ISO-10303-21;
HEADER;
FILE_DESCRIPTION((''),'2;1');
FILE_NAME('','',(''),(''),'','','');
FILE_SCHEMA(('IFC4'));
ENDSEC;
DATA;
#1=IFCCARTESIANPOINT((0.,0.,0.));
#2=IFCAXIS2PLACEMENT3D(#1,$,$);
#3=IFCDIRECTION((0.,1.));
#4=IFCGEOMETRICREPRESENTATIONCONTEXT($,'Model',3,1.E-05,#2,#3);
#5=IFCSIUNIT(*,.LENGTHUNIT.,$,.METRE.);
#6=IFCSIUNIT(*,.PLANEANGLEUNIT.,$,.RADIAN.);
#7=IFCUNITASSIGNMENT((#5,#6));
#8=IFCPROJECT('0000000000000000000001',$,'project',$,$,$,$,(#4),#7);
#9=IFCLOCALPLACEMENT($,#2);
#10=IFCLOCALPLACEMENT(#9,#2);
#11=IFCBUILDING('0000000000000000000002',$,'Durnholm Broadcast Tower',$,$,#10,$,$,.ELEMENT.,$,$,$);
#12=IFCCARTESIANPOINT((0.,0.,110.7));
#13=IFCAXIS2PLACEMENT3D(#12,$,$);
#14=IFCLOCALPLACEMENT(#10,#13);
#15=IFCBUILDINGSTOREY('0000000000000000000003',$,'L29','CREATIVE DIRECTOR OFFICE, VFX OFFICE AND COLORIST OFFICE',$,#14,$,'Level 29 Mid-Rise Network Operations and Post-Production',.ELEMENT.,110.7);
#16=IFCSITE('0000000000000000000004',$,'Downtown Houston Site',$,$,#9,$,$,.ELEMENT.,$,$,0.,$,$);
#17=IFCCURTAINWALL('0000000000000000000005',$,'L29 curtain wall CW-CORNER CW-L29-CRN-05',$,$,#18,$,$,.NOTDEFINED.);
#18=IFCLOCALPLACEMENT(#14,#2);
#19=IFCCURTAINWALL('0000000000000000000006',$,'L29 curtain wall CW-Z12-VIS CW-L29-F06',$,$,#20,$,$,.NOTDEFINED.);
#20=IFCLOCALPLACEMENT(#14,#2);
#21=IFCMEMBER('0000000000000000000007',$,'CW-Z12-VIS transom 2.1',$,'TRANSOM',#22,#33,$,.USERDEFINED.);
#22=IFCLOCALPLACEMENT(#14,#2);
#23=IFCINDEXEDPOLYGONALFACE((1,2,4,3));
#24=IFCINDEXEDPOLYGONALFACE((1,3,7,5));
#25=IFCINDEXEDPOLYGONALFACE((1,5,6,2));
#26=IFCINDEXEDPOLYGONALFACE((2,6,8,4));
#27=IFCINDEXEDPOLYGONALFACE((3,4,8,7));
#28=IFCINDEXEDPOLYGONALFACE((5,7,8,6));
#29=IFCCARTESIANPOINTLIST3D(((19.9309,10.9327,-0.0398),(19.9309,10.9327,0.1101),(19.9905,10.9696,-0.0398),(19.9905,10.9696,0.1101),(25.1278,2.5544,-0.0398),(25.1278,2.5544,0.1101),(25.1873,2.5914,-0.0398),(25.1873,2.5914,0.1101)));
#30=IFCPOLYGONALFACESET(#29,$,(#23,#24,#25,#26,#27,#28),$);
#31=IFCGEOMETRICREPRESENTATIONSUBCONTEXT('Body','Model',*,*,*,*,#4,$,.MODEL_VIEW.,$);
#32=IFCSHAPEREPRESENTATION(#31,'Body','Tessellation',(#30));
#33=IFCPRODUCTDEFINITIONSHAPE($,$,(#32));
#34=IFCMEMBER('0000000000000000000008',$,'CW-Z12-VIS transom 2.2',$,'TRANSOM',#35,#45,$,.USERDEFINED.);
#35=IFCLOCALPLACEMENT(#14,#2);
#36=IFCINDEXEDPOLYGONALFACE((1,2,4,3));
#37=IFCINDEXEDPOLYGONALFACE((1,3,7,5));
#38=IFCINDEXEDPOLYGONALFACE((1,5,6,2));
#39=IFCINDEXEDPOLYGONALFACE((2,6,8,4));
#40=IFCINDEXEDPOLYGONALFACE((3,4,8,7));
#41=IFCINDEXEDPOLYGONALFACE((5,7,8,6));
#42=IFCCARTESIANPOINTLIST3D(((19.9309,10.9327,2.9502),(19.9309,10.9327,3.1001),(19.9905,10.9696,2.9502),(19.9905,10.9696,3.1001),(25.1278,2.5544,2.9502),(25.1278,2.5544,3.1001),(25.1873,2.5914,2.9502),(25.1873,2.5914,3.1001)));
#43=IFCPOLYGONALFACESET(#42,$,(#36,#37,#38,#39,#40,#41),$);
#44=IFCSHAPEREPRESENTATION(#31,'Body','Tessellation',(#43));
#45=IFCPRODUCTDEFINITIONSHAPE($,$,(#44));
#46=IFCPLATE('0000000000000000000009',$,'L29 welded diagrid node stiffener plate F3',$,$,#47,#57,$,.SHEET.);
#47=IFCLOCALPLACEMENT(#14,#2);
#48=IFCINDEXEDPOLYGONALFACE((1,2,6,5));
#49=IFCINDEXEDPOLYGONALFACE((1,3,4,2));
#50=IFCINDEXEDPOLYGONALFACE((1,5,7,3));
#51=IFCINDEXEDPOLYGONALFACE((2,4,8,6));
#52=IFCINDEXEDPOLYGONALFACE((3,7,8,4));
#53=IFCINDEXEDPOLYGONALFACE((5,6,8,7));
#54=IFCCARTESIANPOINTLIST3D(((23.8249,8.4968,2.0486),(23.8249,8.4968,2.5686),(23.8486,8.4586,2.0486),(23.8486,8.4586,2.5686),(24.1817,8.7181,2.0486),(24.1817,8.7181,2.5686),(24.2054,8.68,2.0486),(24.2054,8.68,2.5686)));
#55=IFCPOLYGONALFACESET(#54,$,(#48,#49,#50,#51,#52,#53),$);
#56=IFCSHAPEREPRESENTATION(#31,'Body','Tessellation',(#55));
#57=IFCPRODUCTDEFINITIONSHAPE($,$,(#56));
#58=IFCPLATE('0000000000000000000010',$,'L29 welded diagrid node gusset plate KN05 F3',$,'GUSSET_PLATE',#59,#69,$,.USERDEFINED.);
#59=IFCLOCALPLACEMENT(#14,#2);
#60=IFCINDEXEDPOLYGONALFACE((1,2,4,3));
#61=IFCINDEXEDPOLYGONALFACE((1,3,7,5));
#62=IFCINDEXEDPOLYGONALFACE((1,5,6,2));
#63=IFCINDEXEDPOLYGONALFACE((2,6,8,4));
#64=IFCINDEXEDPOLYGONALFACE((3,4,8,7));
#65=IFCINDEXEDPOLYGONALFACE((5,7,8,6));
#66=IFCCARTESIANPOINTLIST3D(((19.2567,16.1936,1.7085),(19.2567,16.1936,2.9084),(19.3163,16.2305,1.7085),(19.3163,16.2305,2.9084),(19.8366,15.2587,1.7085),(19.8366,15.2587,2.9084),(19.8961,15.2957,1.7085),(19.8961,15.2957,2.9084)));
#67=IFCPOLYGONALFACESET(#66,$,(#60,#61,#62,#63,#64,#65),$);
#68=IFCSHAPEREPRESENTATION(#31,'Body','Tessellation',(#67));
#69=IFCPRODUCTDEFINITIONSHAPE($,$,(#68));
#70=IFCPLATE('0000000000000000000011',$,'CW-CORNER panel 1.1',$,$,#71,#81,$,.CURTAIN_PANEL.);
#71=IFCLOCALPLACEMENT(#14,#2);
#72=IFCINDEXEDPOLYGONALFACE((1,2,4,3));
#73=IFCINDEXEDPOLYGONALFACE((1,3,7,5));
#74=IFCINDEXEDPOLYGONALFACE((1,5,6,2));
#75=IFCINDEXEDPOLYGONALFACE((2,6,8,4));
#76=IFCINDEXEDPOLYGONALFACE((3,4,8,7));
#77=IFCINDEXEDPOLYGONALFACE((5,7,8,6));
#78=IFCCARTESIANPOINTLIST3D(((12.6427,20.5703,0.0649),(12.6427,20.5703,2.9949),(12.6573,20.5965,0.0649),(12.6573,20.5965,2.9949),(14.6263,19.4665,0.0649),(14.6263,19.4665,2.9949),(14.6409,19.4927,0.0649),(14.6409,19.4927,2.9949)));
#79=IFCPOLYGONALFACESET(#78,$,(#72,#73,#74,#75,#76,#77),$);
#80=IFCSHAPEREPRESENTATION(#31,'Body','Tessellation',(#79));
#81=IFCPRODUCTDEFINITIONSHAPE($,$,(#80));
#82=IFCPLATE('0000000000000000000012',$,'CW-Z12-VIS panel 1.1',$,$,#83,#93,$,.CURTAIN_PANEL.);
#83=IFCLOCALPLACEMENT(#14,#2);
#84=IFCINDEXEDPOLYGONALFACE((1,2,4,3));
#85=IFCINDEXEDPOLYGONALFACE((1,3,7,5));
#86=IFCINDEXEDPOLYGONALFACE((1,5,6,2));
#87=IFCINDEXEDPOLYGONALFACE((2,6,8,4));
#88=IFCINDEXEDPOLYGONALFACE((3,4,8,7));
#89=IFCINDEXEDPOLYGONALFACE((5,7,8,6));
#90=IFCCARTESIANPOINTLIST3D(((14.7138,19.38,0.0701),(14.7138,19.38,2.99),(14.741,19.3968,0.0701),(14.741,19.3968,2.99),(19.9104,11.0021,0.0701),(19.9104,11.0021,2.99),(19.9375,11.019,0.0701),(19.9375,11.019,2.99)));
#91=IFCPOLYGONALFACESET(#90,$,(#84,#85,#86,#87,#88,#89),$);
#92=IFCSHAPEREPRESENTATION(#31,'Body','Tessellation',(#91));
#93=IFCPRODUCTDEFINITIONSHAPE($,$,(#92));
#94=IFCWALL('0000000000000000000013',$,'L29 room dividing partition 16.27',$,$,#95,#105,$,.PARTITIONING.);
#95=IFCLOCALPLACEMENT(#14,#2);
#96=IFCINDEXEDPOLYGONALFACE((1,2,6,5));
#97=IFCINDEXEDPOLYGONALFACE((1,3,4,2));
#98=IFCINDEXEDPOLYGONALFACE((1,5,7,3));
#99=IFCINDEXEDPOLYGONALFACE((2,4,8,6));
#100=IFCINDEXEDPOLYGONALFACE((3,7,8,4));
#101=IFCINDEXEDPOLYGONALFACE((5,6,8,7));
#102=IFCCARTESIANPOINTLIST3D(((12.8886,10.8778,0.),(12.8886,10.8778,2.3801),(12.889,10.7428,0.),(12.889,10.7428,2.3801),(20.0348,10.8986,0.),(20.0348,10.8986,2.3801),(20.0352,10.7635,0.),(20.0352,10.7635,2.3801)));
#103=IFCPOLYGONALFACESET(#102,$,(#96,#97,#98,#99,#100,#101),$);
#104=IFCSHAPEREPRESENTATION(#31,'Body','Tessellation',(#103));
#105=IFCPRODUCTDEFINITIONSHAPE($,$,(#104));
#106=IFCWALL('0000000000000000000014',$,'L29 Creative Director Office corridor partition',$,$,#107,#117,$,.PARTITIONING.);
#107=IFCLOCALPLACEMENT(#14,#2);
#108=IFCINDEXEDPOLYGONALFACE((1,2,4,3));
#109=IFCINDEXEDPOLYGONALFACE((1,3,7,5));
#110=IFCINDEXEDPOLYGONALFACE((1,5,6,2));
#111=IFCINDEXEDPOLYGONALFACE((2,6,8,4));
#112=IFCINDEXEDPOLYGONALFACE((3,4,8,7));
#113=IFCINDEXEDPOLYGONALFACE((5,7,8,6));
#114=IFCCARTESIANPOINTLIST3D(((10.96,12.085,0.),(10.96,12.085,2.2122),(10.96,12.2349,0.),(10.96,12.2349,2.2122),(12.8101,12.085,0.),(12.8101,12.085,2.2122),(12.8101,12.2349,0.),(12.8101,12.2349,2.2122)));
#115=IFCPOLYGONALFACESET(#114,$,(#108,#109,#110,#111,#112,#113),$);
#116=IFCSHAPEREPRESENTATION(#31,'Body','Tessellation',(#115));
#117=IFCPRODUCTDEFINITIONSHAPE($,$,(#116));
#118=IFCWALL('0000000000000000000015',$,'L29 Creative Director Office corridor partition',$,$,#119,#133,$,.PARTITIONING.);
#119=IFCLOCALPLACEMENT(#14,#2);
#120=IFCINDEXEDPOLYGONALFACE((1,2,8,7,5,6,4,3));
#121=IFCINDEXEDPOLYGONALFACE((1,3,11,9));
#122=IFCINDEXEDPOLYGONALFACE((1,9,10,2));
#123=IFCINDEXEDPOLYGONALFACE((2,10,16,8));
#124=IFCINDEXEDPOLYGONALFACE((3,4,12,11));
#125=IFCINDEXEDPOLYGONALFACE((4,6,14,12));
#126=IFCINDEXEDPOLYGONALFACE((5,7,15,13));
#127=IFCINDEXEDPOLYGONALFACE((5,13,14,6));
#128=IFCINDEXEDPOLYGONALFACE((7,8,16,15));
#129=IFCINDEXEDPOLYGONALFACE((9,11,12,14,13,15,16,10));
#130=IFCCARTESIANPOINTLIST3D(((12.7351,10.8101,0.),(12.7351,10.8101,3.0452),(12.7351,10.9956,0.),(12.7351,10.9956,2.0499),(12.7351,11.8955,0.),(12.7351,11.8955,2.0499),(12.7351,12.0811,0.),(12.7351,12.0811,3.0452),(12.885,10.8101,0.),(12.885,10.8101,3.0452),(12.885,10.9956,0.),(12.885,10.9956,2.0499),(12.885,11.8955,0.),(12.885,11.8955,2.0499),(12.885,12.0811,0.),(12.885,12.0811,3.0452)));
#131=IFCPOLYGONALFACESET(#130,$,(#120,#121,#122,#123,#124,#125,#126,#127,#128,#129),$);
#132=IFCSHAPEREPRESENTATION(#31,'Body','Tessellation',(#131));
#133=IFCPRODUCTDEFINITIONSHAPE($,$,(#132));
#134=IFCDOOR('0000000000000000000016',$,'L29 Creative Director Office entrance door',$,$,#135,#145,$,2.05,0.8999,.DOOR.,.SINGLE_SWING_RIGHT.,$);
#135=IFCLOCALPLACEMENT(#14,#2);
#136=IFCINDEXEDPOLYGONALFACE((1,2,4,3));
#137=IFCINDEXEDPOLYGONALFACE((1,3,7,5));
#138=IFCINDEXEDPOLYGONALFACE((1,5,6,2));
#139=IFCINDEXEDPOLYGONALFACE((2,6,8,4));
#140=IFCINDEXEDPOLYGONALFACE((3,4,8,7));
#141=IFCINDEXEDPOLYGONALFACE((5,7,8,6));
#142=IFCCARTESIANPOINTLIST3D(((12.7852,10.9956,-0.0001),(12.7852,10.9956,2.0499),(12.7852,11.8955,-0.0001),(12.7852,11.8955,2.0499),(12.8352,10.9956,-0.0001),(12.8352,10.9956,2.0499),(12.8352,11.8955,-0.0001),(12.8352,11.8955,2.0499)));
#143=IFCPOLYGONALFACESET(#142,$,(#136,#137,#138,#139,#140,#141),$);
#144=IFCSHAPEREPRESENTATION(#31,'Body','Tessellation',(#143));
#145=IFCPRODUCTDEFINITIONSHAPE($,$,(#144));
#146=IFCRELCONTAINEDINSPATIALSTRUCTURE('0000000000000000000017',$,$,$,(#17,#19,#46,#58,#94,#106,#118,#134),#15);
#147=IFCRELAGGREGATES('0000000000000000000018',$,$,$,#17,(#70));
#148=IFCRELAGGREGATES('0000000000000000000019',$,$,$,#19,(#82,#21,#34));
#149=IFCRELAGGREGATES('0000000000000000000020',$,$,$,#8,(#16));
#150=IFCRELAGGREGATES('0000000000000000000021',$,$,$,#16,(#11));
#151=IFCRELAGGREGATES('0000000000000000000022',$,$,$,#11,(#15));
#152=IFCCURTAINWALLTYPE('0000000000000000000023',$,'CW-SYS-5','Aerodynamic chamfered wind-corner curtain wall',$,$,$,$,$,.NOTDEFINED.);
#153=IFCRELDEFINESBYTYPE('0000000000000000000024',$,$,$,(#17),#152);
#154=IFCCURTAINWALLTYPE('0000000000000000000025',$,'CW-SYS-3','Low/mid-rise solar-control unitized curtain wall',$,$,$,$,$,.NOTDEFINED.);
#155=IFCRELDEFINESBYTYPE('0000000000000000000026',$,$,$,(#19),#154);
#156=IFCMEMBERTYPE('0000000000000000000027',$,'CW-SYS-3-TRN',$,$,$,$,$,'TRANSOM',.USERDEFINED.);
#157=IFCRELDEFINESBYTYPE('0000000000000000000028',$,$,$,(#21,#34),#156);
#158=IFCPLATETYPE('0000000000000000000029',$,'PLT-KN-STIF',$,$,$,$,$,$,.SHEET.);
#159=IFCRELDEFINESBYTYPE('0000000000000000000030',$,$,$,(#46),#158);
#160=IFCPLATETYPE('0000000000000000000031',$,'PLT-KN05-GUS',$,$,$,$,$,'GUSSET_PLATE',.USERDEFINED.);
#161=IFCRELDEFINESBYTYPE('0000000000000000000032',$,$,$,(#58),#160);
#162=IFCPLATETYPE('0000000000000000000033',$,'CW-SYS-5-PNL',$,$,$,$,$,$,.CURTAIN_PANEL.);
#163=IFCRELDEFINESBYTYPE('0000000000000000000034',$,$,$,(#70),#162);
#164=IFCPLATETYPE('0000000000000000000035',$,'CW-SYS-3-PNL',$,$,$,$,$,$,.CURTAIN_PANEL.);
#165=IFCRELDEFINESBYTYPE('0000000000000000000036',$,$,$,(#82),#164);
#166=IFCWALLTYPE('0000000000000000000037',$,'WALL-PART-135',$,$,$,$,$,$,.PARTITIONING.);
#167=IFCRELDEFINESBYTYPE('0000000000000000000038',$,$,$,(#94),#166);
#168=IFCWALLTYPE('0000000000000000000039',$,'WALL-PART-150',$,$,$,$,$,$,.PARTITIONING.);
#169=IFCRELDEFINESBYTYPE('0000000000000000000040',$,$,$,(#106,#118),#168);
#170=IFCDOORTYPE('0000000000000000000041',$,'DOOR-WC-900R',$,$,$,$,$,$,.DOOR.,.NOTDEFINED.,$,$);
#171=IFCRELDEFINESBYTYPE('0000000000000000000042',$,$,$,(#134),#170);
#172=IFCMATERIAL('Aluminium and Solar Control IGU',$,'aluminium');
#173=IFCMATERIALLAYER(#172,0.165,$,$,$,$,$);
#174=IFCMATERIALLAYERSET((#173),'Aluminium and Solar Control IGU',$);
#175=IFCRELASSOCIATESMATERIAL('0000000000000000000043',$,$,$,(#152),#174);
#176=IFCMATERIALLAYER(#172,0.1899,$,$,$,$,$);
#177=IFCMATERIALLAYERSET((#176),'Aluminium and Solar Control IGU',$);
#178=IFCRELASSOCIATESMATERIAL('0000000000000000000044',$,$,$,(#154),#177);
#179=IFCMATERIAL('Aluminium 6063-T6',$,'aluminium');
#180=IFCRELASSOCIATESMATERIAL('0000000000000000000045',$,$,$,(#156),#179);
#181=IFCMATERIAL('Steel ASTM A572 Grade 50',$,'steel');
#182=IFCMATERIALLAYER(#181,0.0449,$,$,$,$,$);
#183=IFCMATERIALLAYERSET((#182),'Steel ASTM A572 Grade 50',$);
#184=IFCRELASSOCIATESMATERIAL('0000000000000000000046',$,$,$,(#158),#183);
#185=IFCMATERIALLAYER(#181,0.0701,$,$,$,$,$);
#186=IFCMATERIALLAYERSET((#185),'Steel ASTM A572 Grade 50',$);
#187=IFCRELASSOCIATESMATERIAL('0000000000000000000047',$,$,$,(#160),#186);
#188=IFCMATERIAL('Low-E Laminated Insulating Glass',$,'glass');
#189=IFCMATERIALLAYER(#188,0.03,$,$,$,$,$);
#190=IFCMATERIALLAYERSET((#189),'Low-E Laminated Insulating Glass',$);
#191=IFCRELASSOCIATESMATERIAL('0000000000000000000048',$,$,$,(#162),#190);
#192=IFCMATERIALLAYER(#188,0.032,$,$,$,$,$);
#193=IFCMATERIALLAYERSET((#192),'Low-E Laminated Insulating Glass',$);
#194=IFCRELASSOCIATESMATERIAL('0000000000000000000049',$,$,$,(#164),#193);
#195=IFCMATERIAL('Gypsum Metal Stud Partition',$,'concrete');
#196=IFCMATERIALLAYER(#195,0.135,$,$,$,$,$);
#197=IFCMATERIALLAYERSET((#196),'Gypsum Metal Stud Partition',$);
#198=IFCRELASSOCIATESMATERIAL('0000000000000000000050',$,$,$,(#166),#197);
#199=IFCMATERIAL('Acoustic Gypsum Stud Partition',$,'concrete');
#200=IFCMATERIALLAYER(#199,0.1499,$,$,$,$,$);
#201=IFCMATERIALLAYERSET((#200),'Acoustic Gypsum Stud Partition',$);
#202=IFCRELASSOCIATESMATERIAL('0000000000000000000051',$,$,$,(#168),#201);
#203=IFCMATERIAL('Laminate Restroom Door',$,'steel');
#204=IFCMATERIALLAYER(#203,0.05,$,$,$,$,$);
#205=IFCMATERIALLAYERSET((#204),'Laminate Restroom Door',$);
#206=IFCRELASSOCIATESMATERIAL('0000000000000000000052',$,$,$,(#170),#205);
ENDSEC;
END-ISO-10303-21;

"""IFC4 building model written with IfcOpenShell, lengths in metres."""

from ifc_helpers import new_model, si_unit, direction, frame, frame_2d, origin, origin_2d, place, context, subcontext, project, spatial, rectangle, extrude, source, transform, mapped, material, layer, layer_set, material_profile, profile_set, type_object, type_shapes, element, fill, aggregate, save


model = new_model("IFC4")

# Units and contexts
model_context = context("Model", 3, precision=1e-05, world=origin(), true_north=direction((0.0, 1.0)))
body_context = subcontext(model_context, "Body", "Model", "MODEL_VIEW")
ifc_project = project(units=[si_unit("LENGTHUNIT", "METRE"), si_unit("PLANEANGLEUNIT", "RADIAN")], contexts=[model_context])

# Site, building, storey
site_placement = place(None, origin())
site = spatial("IfcSite", under=ifc_project, at=site_placement, Name="Downtown Houston Site", CompositionType="ELEMENT", RefElevation=0.0)
building_placement = place(site_placement, origin())
building = spatial("IfcBuilding", under=site, at=building_placement, Name="Durnholm Broadcast Tower", CompositionType="ELEMENT")
storey_placement = place(building_placement, frame((0.0, 0.0, 110.7)))
storey = spatial("IfcBuildingStorey", under=building, at=storey_placement, Name="L29", Description="CREATIVE DIRECTOR OFFICE, VFX OFFICE AND COLORIST OFFICE", LongName="Level 29 Mid-Rise Network Operations and Post-Production", CompositionType="ELEMENT", Elevation=110.7)

# Curtain wall
ifc_material_1 = material(Name="Aluminium and Solar Control IGU", Category="aluminium")
ifc_layer_1 = layer(ifc_material_1, 0.165)
ifc_layer_set_1 = layer_set([ifc_layer_1], Name="Aluminium and Solar Control IGU")
curtain_wall_type_1 = type_object("IfcCurtainWallType", Name="CW-SYS-5", Description="Aerodynamic chamfered wind-corner curtain wall", PredefinedType="NOTDEFINED", material=ifc_layer_set_1)
curtain_wall_1_placement = place(storey_placement, origin())
curtain_wall_1 = element("IfcCurtainWall", 1, at=curtain_wall_1_placement, inside=storey, type_object=curtain_wall_type_1, Name="L29 curtain wall CW-CORNER CW-L29-CRN-05", PredefinedType="NOTDEFINED")
ifc_material_2 = material(Name="Aluminium 6063-T6", Category="aluminium")

# Curtain wall, members
ifc_layer_2 = layer(ifc_material_1, 0.1899)
ifc_layer_set_2 = layer_set([ifc_layer_2], Name="Aluminium and Solar Control IGU")
curtain_wall_type_2 = type_object("IfcCurtainWallType", Name="CW-SYS-3", Description="Low/mid-rise solar-control unitized curtain wall", PredefinedType="NOTDEFINED", material=ifc_layer_set_2)
curtain_wall_2_placement = place(storey_placement, origin())
curtain_wall_2 = element("IfcCurtainWall", 2, at=curtain_wall_2_placement, inside=storey, type_object=curtain_wall_type_2, Name="L29 curtain wall CW-Z12-VIS CW-L29-F06", PredefinedType="NOTDEFINED")
ifc_material_profile_1 = material_profile(ifc_material_2, rectangle(XDim=0.0701, YDim=0.1499, at=origin_2d()), Name="CWT70X150")
ifc_profile_set_1 = profile_set([ifc_material_profile_1], Name="Aluminium 6063-T6")
member_type_1 = type_object("IfcMemberType", Name="CW-SYS-3-TRN", ElementType="TRANSOM", PredefinedType="USERDEFINED", material=ifc_profile_set_1)
shared_shape_1 = source(origin(), body_context, "Body", "SweptSolid", [
    extrude(rectangle(XDim=0.0701, YDim=0.1499, at=origin_2d()), origin(), (0.0, 0.0, 1.0), 9.8591),
])
member_1_placement = place(storey_placement, frame((19.9607, 10.9512, 0.0352), z_axis=(0.527109, -0.849798, 0.0), x_axis=(0.849798, 0.527109, 0.0)))
member_1 = element("IfcMember", 3, at=member_1_placement, type_object=member_type_1, Name="CW-Z12-VIS transom 2.1", ObjectType="TRANSOM", PredefinedType="USERDEFINED", context=body_context, shape_type="MappedRepresentation", body=[
    mapped(shared_shape_1, transform((0.0, 0.0, 0.0), x_axis=(1.0, 0.0, 0.0), y_axis=(0.0, 1.0, 0.0), z_axis=(0.0, 0.0, 1.0), scale=1.0)),
])
member_2_placement = place(storey_placement, frame((19.9607, 10.9512, 3.0251), z_axis=(0.527109, -0.849798, 0.0), x_axis=(0.849798, 0.527109, 0.0)))
member_2 = element("IfcMember", 4, at=member_2_placement, type_object=member_type_1, Name="CW-Z12-VIS transom 2.2", ObjectType="TRANSOM", PredefinedType="USERDEFINED", context=body_context, shape_type="MappedRepresentation", body=[
    mapped(shared_shape_1, transform((0.0, 0.0, 0.0), x_axis=(1.0, 0.0, 0.0), y_axis=(0.0, 1.0, 0.0), z_axis=(0.0, 0.0, 1.0), scale=1.0)),
])

# Plates
ifc_material_3 = material(Name="Steel ASTM A572 Grade 50", Category="steel")
ifc_layer_3 = layer(ifc_material_3, 0.0449)
ifc_layer_set_3 = layer_set([ifc_layer_3], Name="Steel ASTM A572 Grade 50")
plate_type_1 = type_object("IfcPlateType", Name="PLT-KN-STIF", PredefinedType="SHEET", material=ifc_layer_set_3)
shared_shape_2 = source(origin(), body_context, "Body", "SweptSolid", [
    extrude(rectangle(XDim=0.0449, YDim=0.4199, at=origin_2d()), origin(), (0.0, 0.0, 1.0), 0.52),
])
type_shapes(plate_type_1, [shared_shape_2])
plate_1_placement = place(storey_placement, frame((24.0151, 8.5884, 2.0486), z_axis=(0.0, 0.0, 1.0), x_axis=(-0.527104, 0.849801, 0.0)))
element("IfcPlate", 5, at=plate_1_placement, inside=storey, type_object=plate_type_1, Name="L29 welded diagrid node stiffener plate F3", PredefinedType="SHEET", context=body_context, shape_type="MappedRepresentation", body=[
    mapped(shared_shape_2, transform((0.0, 0.0, 0.0), x_axis=(1.0, 0.0, 0.0), y_axis=(0.0, 1.0, 0.0), z_axis=(0.0, 0.0, 1.0), scale=1.0)),
])
ifc_layer_4 = layer(ifc_material_3, 0.0701)
ifc_layer_set_4 = layer_set([ifc_layer_4], Name="Steel ASTM A572 Grade 50")
plate_type_2 = type_object("IfcPlateType", Name="PLT-KN05-GUS", ElementType="GUSSET_PLATE", PredefinedType="USERDEFINED", material=ifc_layer_set_4)
shared_shape_3 = source(origin(), body_context, "Body", "SweptSolid", [
    extrude(rectangle(XDim=1.1001, YDim=0.0701, at=origin_2d()), origin(), (0.0, 0.0, 1.0), 1.2),
])
type_shapes(plate_type_2, [shared_shape_3])
plate_2_placement = place(storey_placement, frame((19.5764, 15.7446, 1.7085), z_axis=(0.0, 0.0, 1.0), x_axis=(-0.527104, 0.849801, 0.0)))
element("IfcPlate", 6, at=plate_2_placement, inside=storey, type_object=plate_type_2, Name="L29 welded diagrid node gusset plate KN05 F3", ObjectType="GUSSET_PLATE", PredefinedType="USERDEFINED", context=body_context, shape_type="MappedRepresentation", body=[
    mapped(shared_shape_3, transform((0.0, 0.0, 0.0), x_axis=(1.0, 0.0, 0.0), y_axis=(0.0, 1.0, 0.0), z_axis=(0.0, 0.0, 1.0), scale=1.0)),
])

# Plates
ifc_material_4 = material(Name="Low-E Laminated Insulating Glass", Category="glass")
ifc_layer_5 = layer(ifc_material_4, 0.03)
ifc_layer_set_5 = layer_set([ifc_layer_5], Name="Low-E Laminated Insulating Glass")
plate_type_3 = type_object("IfcPlateType", Name="CW-SYS-5-PNL", PredefinedType="CURTAIN_PANEL", material=ifc_layer_set_5)
shared_shape_4 = source(origin(), body_context, "Body", "SweptSolid", [
    extrude(rectangle(XDim=2.27, YDim=0.03, at=origin_2d()), origin(), (0.0, 0.0, 1.0), 2.9299),
])
type_shapes(plate_type_3, [shared_shape_4])
plate_3_placement = place(storey_placement, frame((13.6418, 20.0315, 0.0649), z_axis=(0.0, 0.0, 1.0), x_axis=(0.873823, -0.486244, 0.0)))
plate_3 = element("IfcPlate", 7, at=plate_3_placement, type_object=plate_type_3, Name="CW-CORNER panel 1.1", PredefinedType="CURTAIN_PANEL", context=body_context, shape_type="MappedRepresentation", body=[
    mapped(shared_shape_4, transform((0.0, 0.0, 0.0), x_axis=(1.0, 0.0, 0.0), y_axis=(0.0, 1.0, 0.0), z_axis=(0.0, 0.0, 1.0), scale=1.0)),
])
aggregate(curtain_wall_1, [plate_3])
ifc_layer_6 = layer(ifc_material_4, 0.032)
ifc_layer_set_6 = layer_set([ifc_layer_6], Name="Low-E Laminated Insulating Glass")
plate_type_4 = type_object("IfcPlateType", Name="CW-SYS-3-PNL", PredefinedType="CURTAIN_PANEL", material=ifc_layer_set_6)
shared_shape_5 = source(origin(), body_context, "Body", "SweptSolid", [
    extrude(rectangle(XDim=9.8586, YDim=0.032, at=origin_2d()), origin(), (0.0, 0.0, 1.0), 2.9199),
])
type_shapes(plate_type_4, [shared_shape_5])
plate_4_placement = place(storey_placement, frame((17.3257, 15.1995, 0.0701), z_axis=(0.0, 0.0, 1.0), x_axis=(0.527105, -0.8498, 0.0)))
plate_4 = element("IfcPlate", 8, at=plate_4_placement, type_object=plate_type_4, Name="CW-Z12-VIS panel 1.1", PredefinedType="CURTAIN_PANEL", context=body_context, shape_type="MappedRepresentation", body=[
    mapped(shared_shape_5, transform((0.0, 0.0, 0.0), x_axis=(1.0, 0.0, 0.0), y_axis=(0.0, 1.0, 0.0), z_axis=(0.0, 0.0, 1.0), scale=1.0)),
])
aggregate(curtain_wall_2, [plate_4, member_1, member_2])

# Walls
ifc_material_5 = material(Name="Gypsum Metal Stud Partition", Category="concrete")
ifc_layer_7 = layer(ifc_material_5, 0.135)
ifc_layer_set_7 = layer_set([ifc_layer_7], Name="Gypsum Metal Stud Partition")
wall_type_1 = type_object("IfcWallType", Name="WALL-PART-135", PredefinedType="PARTITIONING", material=ifc_layer_set_7)
wall_1_placement = place(storey_placement, frame((20.0352, 10.8311, 0.0), z_axis=(0.0, 0.0, 1.0), x_axis=(-0.999996, -0.002904, 0.0)))
element("IfcWall", 9, at=wall_1_placement, inside=storey, type_object=wall_type_1, Name="L29 room dividing partition 16.27", PredefinedType="PARTITIONING", context=body_context, shape_type="SweptSolid", body=[
    extrude(rectangle(XDim=7.1462, YDim=0.135, at=frame_2d((3.5732, 0.0))), origin(), (0.0, 0.0, 1.0), 2.3801),
])
ifc_material_6 = material(Name="Acoustic Gypsum Stud Partition", Category="concrete")
ifc_layer_8 = layer(ifc_material_6, 0.1499)
ifc_layer_set_8 = layer_set([ifc_layer_8], Name="Acoustic Gypsum Stud Partition")
wall_type_2 = type_object("IfcWallType", Name="WALL-PART-150", PredefinedType="PARTITIONING", material=ifc_layer_set_8)
wall_2_placement = place(storey_placement, frame((12.8101, 12.1599, 0.0), z_axis=(0.0, 0.0, 1.0), x_axis=(-1.0, 0.0, 0.0)))
element("IfcWall", 10, at=wall_2_placement, inside=storey, type_object=wall_type_2, Name="L29 Creative Director Office corridor partition", PredefinedType="PARTITIONING", context=body_context, shape_type="SweptSolid", body=[
    extrude(rectangle(XDim=1.8501, YDim=0.1499, at=frame_2d((0.925, 0.0))), origin(), (0.0, 0.0, 1.0), 2.2122),
])

# Wall, opening, door
wall_3_placement = place(storey_placement, frame((12.8101, 10.8101, 0.0), z_axis=(0.0, 0.0, 1.0), x_axis=(0.0, 1.0, 0.0)))
wall_3 = element("IfcWall", 11, at=wall_3_placement, inside=storey, type_object=wall_type_2, Name="L29 Creative Director Office corridor partition", PredefinedType="PARTITIONING", context=body_context, shape_type="SweptSolid", body=[
    extrude(rectangle(XDim=1.271, YDim=0.1499, at=frame_2d((0.6355, 0.0))), origin(), (0.0, 0.0, 1.0), 3.0452),
])
opening_placement = place(wall_3_placement, frame((0.1855, 0.0, 0.0)))
opening = element("IfcOpeningElement", 12, at=opening_placement, cuts=wall_3, PredefinedType="OPENING", context=body_context, shape_type="SweptSolid", body=[
    extrude(rectangle(XDim=0.8999, YDim=2.05, at=frame_2d((0.45, 1.0249))), frame((0.0, 0.085, 0.0), z_axis=(0.0, -1.0, 0.0), x_axis=(1.0, 0.0, 0.0)), (0.0, 0.0, 1.0), 0.1699),
])
ifc_material_7 = material(Name="Laminate Restroom Door", Category="steel")
ifc_layer_9 = layer(ifc_material_7, 0.05)
ifc_layer_set_9 = layer_set([ifc_layer_9], Name="Laminate Restroom Door")
door_type = type_object("IfcDoorType", Name="DOOR-WC-900R", OperationType="NOTDEFINED", PredefinedType="DOOR", material=ifc_layer_set_9)
shared_shape_6 = source(origin(), body_context, "Body", "SweptSolid", [
    extrude(rectangle(XDim=0.8999, YDim=2.05, at=frame_2d((0.45, 1.0249))), frame((0.0, 0.0249, 0.0), z_axis=(0.0, -1.0, 0.0), x_axis=(1.0, 0.0, 0.0)), (0.0, 0.0, 1.0), 0.05),
])
type_shapes(door_type, [shared_shape_6])
door_placement = place(opening_placement, origin())
door = element("IfcDoor", 13, at=door_placement, inside=storey, type_object=door_type, Name="L29 Creative Director Office entrance door", OperationType="SINGLE_SWING_RIGHT", OverallHeight=2.05, OverallWidth=0.8999, PredefinedType="DOOR", context=body_context, shape_type="MappedRepresentation", body=[
    mapped(shared_shape_6, transform((0.0, 0.0, 0.0), x_axis=(1.0, 0.0, 0.0), y_axis=(0.0, 1.0, 0.0), z_axis=(0.0, 0.0, 1.0), scale=1.0)),
])
fill(opening, door)

save(model, "model.ifc")
